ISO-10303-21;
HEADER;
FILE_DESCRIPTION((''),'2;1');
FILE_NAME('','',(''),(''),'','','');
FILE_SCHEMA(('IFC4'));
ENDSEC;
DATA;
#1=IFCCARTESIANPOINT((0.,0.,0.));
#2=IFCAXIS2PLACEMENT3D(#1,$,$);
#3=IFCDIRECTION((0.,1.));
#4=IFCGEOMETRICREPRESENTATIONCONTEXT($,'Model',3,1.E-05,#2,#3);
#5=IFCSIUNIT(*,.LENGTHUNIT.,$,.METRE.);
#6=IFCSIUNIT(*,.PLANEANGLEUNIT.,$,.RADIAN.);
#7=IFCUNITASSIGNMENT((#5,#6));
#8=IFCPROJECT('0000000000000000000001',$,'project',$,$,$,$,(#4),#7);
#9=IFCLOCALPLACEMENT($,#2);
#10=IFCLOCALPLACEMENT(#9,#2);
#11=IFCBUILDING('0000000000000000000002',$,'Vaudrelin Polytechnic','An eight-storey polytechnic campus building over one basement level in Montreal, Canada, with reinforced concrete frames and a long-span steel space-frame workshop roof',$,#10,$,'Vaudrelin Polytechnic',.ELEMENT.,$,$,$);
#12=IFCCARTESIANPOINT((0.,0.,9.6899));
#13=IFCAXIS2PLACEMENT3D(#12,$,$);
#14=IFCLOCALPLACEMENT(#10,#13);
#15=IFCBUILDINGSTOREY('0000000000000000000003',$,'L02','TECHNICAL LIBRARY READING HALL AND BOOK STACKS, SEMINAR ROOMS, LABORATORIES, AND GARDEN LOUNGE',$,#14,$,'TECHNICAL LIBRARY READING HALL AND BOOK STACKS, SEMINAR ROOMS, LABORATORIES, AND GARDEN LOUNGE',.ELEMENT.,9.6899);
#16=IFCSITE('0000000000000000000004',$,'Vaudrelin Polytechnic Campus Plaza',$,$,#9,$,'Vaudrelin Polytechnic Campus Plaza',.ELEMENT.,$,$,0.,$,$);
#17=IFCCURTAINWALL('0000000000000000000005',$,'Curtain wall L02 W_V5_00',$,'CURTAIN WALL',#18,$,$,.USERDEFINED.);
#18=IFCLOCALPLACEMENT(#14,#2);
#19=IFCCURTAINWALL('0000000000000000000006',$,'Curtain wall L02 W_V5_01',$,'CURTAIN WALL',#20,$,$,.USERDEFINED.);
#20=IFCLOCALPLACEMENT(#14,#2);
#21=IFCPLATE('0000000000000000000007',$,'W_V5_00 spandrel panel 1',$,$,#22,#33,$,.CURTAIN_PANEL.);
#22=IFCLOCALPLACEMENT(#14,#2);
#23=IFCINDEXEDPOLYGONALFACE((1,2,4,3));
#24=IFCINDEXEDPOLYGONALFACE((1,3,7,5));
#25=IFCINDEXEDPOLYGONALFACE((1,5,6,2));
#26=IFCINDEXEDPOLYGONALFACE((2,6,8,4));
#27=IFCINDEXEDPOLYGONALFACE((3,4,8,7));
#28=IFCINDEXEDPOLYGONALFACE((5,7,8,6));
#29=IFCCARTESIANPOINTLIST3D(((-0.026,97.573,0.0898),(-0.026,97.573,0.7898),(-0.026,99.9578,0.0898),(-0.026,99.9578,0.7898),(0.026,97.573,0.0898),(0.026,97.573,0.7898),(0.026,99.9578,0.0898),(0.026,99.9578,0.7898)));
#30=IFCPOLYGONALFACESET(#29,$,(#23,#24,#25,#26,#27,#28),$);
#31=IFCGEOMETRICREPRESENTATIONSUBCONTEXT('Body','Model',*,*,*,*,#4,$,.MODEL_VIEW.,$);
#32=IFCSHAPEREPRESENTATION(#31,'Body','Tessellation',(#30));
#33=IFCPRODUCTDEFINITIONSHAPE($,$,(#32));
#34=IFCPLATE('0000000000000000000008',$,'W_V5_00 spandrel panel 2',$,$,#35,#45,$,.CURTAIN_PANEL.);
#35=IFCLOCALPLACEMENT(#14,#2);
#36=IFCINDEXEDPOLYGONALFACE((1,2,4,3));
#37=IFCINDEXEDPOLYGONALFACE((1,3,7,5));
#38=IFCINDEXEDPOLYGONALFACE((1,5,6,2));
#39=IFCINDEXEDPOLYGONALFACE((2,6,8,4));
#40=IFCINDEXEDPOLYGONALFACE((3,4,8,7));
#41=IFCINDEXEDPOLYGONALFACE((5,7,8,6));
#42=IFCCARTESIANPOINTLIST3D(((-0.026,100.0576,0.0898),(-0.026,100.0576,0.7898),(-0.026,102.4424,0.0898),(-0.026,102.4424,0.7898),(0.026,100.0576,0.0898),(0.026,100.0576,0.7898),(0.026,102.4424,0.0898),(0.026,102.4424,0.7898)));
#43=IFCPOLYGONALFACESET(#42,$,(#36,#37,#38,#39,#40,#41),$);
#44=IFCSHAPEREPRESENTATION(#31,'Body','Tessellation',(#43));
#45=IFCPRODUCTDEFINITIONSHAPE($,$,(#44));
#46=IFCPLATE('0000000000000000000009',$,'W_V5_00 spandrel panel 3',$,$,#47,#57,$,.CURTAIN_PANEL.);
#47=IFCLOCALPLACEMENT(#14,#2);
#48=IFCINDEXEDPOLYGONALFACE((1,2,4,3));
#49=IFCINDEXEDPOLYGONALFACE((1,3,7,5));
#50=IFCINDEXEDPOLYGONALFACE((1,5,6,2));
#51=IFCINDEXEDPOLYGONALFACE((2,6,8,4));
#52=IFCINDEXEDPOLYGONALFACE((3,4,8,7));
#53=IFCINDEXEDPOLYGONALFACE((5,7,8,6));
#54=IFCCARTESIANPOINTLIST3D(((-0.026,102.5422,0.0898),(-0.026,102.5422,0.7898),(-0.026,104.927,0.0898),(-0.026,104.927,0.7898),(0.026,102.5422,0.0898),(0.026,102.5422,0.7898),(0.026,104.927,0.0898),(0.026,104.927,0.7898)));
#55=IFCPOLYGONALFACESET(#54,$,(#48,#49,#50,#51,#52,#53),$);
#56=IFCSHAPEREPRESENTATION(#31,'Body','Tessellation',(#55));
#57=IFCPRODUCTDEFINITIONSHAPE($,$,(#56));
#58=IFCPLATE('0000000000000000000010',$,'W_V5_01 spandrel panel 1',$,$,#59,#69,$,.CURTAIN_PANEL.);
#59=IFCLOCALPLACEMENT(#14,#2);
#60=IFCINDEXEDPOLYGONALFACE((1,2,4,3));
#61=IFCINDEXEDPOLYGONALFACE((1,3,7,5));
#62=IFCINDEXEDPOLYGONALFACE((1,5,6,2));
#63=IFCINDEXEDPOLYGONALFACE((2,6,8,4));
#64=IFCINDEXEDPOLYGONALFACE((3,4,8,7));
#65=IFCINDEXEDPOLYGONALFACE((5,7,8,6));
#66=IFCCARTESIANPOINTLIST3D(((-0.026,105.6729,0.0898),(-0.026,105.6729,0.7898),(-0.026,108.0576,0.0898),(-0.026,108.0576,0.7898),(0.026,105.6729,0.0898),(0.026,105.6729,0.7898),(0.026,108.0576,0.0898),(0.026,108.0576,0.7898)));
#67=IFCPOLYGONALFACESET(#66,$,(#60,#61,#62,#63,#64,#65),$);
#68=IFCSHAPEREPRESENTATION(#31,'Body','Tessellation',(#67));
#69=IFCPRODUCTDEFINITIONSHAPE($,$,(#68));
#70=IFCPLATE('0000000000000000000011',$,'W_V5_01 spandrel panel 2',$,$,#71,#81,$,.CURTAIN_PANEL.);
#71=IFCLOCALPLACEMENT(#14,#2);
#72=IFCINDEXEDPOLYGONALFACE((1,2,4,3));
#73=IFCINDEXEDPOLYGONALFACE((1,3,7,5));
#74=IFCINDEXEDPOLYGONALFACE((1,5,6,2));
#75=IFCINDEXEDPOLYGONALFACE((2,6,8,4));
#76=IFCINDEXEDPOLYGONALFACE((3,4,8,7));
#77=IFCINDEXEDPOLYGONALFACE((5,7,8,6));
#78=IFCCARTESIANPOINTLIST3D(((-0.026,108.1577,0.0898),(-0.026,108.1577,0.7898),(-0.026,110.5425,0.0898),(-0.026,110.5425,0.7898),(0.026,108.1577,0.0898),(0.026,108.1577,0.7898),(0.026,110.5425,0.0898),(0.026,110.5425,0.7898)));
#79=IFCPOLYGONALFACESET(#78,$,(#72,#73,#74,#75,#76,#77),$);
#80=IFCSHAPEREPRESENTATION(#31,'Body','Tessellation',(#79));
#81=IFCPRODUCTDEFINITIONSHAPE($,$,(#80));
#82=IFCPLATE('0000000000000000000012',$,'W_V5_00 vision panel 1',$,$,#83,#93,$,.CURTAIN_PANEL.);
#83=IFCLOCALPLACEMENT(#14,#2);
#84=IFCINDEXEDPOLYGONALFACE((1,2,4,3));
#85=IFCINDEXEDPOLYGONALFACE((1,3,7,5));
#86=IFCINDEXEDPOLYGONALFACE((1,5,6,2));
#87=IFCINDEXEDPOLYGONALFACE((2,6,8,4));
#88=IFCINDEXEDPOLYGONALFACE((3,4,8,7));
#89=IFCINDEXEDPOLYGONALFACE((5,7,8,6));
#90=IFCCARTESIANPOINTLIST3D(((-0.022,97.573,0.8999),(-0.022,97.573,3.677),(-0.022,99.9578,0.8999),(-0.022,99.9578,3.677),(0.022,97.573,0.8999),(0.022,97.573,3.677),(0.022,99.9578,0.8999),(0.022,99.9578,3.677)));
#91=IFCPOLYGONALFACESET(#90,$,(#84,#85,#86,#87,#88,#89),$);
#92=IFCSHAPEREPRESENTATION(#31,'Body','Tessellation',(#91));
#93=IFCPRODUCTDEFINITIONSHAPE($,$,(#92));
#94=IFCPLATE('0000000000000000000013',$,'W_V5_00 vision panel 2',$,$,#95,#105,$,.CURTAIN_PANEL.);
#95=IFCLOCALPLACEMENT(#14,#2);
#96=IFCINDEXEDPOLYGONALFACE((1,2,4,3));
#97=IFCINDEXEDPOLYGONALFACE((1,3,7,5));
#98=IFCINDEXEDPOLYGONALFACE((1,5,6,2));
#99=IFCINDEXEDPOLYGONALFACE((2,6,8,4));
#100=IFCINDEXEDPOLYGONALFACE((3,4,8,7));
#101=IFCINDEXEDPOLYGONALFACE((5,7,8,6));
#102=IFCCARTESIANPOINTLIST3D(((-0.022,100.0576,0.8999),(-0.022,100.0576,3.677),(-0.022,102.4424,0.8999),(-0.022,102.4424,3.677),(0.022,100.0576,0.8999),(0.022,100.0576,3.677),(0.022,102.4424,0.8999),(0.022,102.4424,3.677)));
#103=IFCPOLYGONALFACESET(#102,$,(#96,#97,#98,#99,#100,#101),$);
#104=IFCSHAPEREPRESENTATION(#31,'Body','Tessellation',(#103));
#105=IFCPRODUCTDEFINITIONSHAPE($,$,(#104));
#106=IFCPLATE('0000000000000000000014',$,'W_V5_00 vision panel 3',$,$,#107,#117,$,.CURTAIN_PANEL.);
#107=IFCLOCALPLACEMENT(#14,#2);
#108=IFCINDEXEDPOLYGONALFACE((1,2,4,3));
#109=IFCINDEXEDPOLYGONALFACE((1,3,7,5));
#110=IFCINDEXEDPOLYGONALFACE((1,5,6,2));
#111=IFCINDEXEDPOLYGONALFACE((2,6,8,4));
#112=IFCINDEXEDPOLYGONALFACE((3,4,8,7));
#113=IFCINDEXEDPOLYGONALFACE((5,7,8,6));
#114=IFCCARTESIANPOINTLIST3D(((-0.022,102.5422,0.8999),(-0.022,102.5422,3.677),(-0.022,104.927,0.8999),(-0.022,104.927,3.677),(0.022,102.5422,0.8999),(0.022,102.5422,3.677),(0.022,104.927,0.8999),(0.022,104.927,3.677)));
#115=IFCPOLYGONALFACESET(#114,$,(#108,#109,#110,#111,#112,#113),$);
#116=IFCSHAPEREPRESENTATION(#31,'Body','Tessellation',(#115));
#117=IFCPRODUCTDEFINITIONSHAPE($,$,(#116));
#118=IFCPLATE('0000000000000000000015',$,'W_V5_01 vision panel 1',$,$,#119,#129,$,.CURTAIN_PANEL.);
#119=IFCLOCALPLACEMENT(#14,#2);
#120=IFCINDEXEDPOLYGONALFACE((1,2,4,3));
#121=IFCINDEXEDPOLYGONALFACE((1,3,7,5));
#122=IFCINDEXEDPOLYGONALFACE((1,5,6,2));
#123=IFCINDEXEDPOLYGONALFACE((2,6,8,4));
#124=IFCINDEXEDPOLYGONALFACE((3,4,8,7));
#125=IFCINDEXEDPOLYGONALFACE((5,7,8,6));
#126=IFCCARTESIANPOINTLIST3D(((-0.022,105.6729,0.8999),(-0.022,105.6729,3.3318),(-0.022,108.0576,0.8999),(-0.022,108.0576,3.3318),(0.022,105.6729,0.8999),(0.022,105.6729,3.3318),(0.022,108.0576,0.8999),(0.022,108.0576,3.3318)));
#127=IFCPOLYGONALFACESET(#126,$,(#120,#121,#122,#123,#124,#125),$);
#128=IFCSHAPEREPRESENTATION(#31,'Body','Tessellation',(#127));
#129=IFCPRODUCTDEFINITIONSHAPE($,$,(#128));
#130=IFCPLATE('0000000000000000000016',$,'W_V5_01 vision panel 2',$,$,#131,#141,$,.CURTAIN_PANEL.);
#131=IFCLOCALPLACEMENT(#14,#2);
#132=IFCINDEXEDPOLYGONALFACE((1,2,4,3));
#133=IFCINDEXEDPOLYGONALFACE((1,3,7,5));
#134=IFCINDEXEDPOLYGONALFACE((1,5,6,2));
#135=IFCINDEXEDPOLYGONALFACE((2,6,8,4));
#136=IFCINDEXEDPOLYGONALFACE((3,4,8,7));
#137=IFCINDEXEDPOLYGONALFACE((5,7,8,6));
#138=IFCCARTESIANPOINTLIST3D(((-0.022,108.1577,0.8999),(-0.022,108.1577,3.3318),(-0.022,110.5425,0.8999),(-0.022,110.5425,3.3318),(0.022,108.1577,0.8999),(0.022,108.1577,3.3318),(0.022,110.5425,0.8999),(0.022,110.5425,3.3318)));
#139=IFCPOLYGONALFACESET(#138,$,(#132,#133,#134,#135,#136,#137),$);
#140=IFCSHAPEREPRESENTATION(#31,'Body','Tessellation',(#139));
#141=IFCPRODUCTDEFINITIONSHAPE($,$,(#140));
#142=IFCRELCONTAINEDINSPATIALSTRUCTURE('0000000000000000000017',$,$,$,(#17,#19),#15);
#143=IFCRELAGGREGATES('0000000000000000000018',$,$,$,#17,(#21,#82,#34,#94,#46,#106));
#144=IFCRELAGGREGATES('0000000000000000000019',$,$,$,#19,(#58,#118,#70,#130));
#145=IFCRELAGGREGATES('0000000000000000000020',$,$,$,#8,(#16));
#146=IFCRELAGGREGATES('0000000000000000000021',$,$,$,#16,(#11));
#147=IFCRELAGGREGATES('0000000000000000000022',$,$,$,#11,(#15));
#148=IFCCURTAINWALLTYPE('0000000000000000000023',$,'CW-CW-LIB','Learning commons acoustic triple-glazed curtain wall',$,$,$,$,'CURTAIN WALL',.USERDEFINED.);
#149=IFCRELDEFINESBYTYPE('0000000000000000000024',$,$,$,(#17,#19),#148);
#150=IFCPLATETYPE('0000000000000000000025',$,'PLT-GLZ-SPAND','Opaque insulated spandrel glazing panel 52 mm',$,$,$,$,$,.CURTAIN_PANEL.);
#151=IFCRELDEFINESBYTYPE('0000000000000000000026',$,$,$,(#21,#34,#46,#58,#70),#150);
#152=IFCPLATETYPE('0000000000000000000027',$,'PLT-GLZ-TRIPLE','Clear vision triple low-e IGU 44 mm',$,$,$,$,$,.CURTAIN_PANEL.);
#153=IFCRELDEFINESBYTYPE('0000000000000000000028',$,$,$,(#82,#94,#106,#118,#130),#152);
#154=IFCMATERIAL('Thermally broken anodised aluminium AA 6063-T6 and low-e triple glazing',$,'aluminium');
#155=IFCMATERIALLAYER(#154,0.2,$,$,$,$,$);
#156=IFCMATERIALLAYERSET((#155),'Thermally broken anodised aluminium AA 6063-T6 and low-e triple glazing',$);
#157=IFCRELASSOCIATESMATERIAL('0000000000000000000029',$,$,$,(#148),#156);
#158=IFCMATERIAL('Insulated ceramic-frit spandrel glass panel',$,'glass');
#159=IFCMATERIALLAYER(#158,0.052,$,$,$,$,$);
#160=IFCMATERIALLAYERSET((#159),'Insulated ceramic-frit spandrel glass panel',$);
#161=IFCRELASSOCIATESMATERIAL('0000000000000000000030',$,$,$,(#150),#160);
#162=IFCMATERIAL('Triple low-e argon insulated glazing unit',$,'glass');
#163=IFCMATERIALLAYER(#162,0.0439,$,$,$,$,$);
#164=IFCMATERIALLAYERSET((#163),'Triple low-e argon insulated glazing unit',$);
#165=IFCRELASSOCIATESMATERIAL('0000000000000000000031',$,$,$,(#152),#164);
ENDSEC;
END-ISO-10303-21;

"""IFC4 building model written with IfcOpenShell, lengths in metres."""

from ifc_helpers import new_model, si_unit, direction, frame, origin, origin_2d, place, context, subcontext, project, spatial, rectangle, extrude, material, layer, layer_set, type_object, element, aggregate, save


model = new_model("IFC4")

# Units and contexts
model_context = context("Model", 3, precision=1e-05, world=origin(), true_north=direction((0.0, 1.0)))
body_context = subcontext(model_context, "Body", "Model", "MODEL_VIEW")
ifc_project = project(units=[si_unit("LENGTHUNIT", "METRE"), si_unit("PLANEANGLEUNIT", "RADIAN")], contexts=[model_context])

# Site, building, storey
site_placement = place(None, origin())
site = spatial("IfcSite", under=ifc_project, at=site_placement, Name="Vaudrelin Polytechnic Campus Plaza", LongName="Vaudrelin Polytechnic Campus Plaza", CompositionType="ELEMENT", RefElevation=0.0)
building_placement = place(site_placement, origin())
building = spatial("IfcBuilding", under=site, at=building_placement, Name="Vaudrelin Polytechnic", Description="An eight-storey polytechnic campus building over one basement level in Montreal, Canada, with reinforced concrete frames and a long-span steel space-frame workshop roof", LongName="Vaudrelin Polytechnic", CompositionType="ELEMENT")
storey_placement = place(building_placement, frame((0.0, 0.0, 9.6899)))
storey = spatial("IfcBuildingStorey", under=building, at=storey_placement, Name="L02", Description="TECHNICAL LIBRARY READING HALL AND BOOK STACKS, SEMINAR ROOMS, LABORATORIES, AND GARDEN LOUNGE", LongName="TECHNICAL LIBRARY READING HALL AND BOOK STACKS, SEMINAR ROOMS, LABORATORIES, AND GARDEN LOUNGE", CompositionType="ELEMENT", Elevation=9.6899)

# Curtain walls
ifc_material_1 = material(Name="Thermally broken anodised aluminium AA 6063-T6 and low-e triple glazing", Category="aluminium")
ifc_layer_1 = layer(ifc_material_1, 0.2)
ifc_layer_set_1 = layer_set([ifc_layer_1], Name="Thermally broken anodised aluminium AA 6063-T6 and low-e triple glazing")
curtain_wall_type = type_object("IfcCurtainWallType", Name="CW-CW-LIB", Description="Learning commons acoustic triple-glazed curtain wall", ElementType="CURTAIN WALL", PredefinedType="USERDEFINED", material=ifc_layer_set_1)
curtain_wall_1_placement = place(storey_placement, origin())
curtain_wall_1 = element("IfcCurtainWall", 1, at=curtain_wall_1_placement, inside=storey, type_object=curtain_wall_type, Name="Curtain wall L02 W_V5_00", ObjectType="CURTAIN WALL", PredefinedType="USERDEFINED")
curtain_wall_2_placement = place(storey_placement, origin())
curtain_wall_2 = element("IfcCurtainWall", 2, at=curtain_wall_2_placement, inside=storey, type_object=curtain_wall_type, Name="Curtain wall L02 W_V5_01", ObjectType="CURTAIN WALL", PredefinedType="USERDEFINED")

# Plates
ifc_material_2 = material(Name="Insulated ceramic-frit spandrel glass panel", Category="glass")
ifc_layer_2 = layer(ifc_material_2, 0.052)
ifc_layer_set_2 = layer_set([ifc_layer_2], Name="Insulated ceramic-frit spandrel glass panel")
plate_type_1 = type_object("IfcPlateType", Name="PLT-GLZ-SPAND", Description="Opaque insulated spandrel glazing panel 52 mm", PredefinedType="CURTAIN_PANEL", material=ifc_layer_set_2)
plate_1_placement = place(storey_placement, frame((0.0, 98.7654, 0.0898), z_axis=(0.0, 0.0, 1.0), x_axis=(0.0, 1.0, 0.0)))
plate_1 = element("IfcPlate", 3, at=plate_1_placement, type_object=plate_type_1, Name="W_V5_00 spandrel panel 1", PredefinedType="CURTAIN_PANEL", context=body_context, shape_type="SweptSolid", body=[
    extrude(rectangle(XDim=2.3848, YDim=0.052, at=origin_2d()), origin(), (0.0, 0.0, 1.0), 0.7),
])
plate_2_placement = place(storey_placement, frame((0.0, 101.25, 0.0898), z_axis=(0.0, 0.0, 1.0), x_axis=(0.0, 1.0, 0.0)))
plate_2 = element("IfcPlate", 4, at=plate_2_placement, type_object=plate_type_1, Name="W_V5_00 spandrel panel 2", PredefinedType="CURTAIN_PANEL", context=body_context, shape_type="SweptSolid", body=[
    extrude(rectangle(XDim=2.3848, YDim=0.052, at=origin_2d()), origin(), (0.0, 0.0, 1.0), 0.7),
])
plate_3_placement = place(storey_placement, frame((0.0, 103.7346, 0.0898), z_axis=(0.0, 0.0, 1.0), x_axis=(0.0, 1.0, 0.0)))
plate_3 = element("IfcPlate", 5, at=plate_3_placement, type_object=plate_type_1, Name="W_V5_00 spandrel panel 3", PredefinedType="CURTAIN_PANEL", context=body_context, shape_type="SweptSolid", body=[
    extrude(rectangle(XDim=2.3848, YDim=0.052, at=origin_2d()), origin(), (0.0, 0.0, 1.0), 0.7),
])
plate_4_placement = place(storey_placement, frame((0.0, 106.8652, 0.0898), z_axis=(0.0, 0.0, 1.0), x_axis=(0.0, 1.0, 0.0)))
plate_4 = element("IfcPlate", 6, at=plate_4_placement, type_object=plate_type_1, Name="W_V5_01 spandrel panel 1", PredefinedType="CURTAIN_PANEL", context=body_context, shape_type="SweptSolid", body=[
    extrude(rectangle(XDim=2.3848, YDim=0.052, at=origin_2d()), origin(), (0.0, 0.0, 1.0), 0.7),
])
plate_5_placement = place(storey_placement, frame((0.0, 109.3501, 0.0898), z_axis=(0.0, 0.0, 1.0), x_axis=(0.0, 1.0, 0.0)))
plate_5 = element("IfcPlate", 7, at=plate_5_placement, type_object=plate_type_1, Name="W_V5_01 spandrel panel 2", PredefinedType="CURTAIN_PANEL", context=body_context, shape_type="SweptSolid", body=[
    extrude(rectangle(XDim=2.3848, YDim=0.052, at=origin_2d()), origin(), (0.0, 0.0, 1.0), 0.7),
])
ifc_material_3 = material(Name="Triple low-e argon insulated glazing unit", Category="glass")
ifc_layer_3 = layer(ifc_material_3, 0.0439)
ifc_layer_set_3 = layer_set([ifc_layer_3], Name="Triple low-e argon insulated glazing unit")
plate_type_2 = type_object("IfcPlateType", Name="PLT-GLZ-TRIPLE", Description="Clear vision triple low-e IGU 44 mm", PredefinedType="CURTAIN_PANEL", material=ifc_layer_set_3)
plate_6_placement = place(storey_placement, frame((0.0, 98.7654, 0.8999), z_axis=(0.0, 0.0, 1.0), x_axis=(0.0, 1.0, 0.0)))
plate_6 = element("IfcPlate", 8, at=plate_6_placement, type_object=plate_type_2, Name="W_V5_00 vision panel 1", PredefinedType="CURTAIN_PANEL", context=body_context, shape_type="SweptSolid", body=[
    extrude(rectangle(XDim=2.3848, YDim=0.0439, at=origin_2d()), origin(), (0.0, 0.0, 1.0), 2.7771),
])
plate_7_placement = place(storey_placement, frame((0.0, 101.25, 0.8999), z_axis=(0.0, 0.0, 1.0), x_axis=(0.0, 1.0, 0.0)))
plate_7 = element("IfcPlate", 9, at=plate_7_placement, type_object=plate_type_2, Name="W_V5_00 vision panel 2", PredefinedType="CURTAIN_PANEL", context=body_context, shape_type="SweptSolid", body=[
    extrude(rectangle(XDim=2.3848, YDim=0.0439, at=origin_2d()), origin(), (0.0, 0.0, 1.0), 2.7771),
])
plate_8_placement = place(storey_placement, frame((0.0, 103.7346, 0.8999), z_axis=(0.0, 0.0, 1.0), x_axis=(0.0, 1.0, 0.0)))
plate_8 = element("IfcPlate", 10, at=plate_8_placement, type_object=plate_type_2, Name="W_V5_00 vision panel 3", PredefinedType="CURTAIN_PANEL", context=body_context, shape_type="SweptSolid", body=[
    extrude(rectangle(XDim=2.3848, YDim=0.0439, at=origin_2d()), origin(), (0.0, 0.0, 1.0), 2.7771),
])
aggregate(curtain_wall_1, [plate_1, plate_6, plate_2, plate_7, plate_3, plate_8])
plate_9_placement = place(storey_placement, frame((0.0, 106.8652, 0.8999), z_axis=(0.0, 0.0, 1.0), x_axis=(0.0, 1.0, 0.0)))
plate_9 = element("IfcPlate", 11, at=plate_9_placement, type_object=plate_type_2, Name="W_V5_01 vision panel 1", PredefinedType="CURTAIN_PANEL", context=body_context, shape_type="SweptSolid", body=[
    extrude(rectangle(XDim=2.3848, YDim=0.0439, at=origin_2d()), origin(), (0.0, 0.0, 1.0), 2.4319),
])
plate_10_placement = place(storey_placement, frame((0.0, 109.3501, 0.8999), z_axis=(0.0, 0.0, 1.0), x_axis=(0.0, 1.0, 0.0)))
plate_10 = element("IfcPlate", 12, at=plate_10_placement, type_object=plate_type_2, Name="W_V5_01 vision panel 2", PredefinedType="CURTAIN_PANEL", context=body_context, shape_type="SweptSolid", body=[
    extrude(rectangle(XDim=2.3848, YDim=0.0439, at=origin_2d()), origin(), (0.0, 0.0, 1.0), 2.4319),
])
aggregate(curtain_wall_2, [plate_4, plate_9, plate_5, plate_10])

save(model, "model.ifc")
